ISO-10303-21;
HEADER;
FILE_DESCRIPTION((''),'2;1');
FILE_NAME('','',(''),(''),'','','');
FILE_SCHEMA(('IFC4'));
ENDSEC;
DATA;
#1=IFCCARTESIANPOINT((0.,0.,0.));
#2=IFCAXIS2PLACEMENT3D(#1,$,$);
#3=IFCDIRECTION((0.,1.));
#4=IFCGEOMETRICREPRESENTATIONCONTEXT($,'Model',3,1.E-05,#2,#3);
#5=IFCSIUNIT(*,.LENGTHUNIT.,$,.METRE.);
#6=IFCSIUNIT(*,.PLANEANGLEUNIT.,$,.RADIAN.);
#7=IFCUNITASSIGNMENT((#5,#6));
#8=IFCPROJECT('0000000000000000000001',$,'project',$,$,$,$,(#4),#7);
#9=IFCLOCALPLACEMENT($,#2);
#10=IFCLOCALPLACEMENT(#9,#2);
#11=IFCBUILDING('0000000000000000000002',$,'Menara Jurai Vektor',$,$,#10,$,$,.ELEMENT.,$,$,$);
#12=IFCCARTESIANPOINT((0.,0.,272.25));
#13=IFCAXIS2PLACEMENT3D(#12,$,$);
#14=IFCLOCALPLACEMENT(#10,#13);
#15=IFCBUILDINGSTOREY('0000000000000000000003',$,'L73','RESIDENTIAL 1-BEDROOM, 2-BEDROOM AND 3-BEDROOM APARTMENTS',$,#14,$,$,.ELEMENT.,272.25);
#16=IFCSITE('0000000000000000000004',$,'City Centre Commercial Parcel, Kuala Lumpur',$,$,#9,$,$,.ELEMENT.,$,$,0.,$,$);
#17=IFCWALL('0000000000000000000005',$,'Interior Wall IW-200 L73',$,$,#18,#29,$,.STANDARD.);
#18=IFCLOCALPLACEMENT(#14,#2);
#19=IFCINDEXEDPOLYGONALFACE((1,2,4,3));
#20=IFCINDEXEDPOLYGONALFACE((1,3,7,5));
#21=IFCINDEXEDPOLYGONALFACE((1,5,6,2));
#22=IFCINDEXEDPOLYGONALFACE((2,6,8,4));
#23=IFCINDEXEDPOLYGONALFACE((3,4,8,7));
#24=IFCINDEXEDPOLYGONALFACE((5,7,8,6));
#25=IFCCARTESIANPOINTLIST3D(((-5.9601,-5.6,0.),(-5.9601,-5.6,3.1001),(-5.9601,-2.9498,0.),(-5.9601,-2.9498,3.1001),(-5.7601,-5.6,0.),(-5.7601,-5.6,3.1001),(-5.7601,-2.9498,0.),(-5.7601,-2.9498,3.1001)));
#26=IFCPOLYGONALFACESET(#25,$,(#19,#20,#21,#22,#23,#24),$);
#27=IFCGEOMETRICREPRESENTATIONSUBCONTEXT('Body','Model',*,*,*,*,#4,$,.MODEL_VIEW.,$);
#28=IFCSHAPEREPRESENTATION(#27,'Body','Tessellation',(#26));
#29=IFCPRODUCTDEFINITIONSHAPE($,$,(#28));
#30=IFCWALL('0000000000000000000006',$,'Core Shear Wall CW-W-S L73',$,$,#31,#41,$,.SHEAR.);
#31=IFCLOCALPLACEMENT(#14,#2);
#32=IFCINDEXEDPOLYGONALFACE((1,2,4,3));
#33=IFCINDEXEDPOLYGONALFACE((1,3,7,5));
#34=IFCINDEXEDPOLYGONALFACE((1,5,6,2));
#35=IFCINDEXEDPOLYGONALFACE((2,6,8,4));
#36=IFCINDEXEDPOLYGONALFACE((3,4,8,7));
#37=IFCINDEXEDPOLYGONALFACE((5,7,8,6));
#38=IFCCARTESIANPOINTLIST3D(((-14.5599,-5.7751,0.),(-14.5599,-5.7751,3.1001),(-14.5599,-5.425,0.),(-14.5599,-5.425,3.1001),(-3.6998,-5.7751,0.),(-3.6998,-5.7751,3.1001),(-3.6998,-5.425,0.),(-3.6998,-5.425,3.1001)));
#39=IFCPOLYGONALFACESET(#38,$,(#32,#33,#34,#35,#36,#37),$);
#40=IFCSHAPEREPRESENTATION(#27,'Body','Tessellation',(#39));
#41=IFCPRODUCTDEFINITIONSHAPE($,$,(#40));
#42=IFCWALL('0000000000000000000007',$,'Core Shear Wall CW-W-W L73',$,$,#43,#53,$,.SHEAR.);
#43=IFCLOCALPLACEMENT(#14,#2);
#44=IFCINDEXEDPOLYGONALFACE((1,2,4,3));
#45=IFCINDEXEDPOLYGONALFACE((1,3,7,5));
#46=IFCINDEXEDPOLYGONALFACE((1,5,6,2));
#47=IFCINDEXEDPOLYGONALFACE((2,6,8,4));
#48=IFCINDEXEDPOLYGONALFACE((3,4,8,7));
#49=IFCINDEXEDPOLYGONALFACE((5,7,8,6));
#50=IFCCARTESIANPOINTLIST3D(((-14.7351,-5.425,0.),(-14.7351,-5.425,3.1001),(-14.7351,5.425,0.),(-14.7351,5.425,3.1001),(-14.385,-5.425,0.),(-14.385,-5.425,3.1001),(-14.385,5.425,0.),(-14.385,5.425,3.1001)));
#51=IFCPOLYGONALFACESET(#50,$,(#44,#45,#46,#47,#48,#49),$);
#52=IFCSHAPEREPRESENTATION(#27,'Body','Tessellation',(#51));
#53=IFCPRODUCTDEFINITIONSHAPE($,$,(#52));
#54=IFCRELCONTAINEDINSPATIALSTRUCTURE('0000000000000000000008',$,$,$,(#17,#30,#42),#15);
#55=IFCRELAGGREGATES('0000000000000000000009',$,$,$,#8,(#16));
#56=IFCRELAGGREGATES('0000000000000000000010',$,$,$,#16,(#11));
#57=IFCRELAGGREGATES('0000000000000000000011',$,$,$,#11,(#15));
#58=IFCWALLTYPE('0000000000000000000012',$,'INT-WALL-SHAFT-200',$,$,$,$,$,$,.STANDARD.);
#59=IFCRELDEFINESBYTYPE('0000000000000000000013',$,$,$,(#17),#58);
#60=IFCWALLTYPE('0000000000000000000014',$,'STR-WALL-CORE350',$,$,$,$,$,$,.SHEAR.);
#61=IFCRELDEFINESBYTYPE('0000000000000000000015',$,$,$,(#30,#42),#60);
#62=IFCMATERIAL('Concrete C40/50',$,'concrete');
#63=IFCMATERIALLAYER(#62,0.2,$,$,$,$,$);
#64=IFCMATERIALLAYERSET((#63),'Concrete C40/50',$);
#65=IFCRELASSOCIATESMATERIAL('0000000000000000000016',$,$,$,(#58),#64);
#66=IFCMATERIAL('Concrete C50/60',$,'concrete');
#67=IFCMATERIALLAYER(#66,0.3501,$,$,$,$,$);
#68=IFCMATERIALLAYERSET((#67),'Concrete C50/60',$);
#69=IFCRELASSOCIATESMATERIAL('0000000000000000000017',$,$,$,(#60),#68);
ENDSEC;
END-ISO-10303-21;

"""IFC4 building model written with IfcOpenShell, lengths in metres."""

from ifc_helpers import new_model, si_unit, direction, frame, frame_2d, origin, place, context, subcontext, project, spatial, rectangle, extrude, material, layer, layer_set, type_object, element, save


model = new_model("IFC4")

# Units and contexts
model_context = context("Model", 3, precision=1e-05, world=origin(), true_north=direction((0.0, 1.0)))
body_context = subcontext(model_context, "Body", "Model", "MODEL_VIEW")
ifc_project = project(units=[si_unit("LENGTHUNIT", "METRE"), si_unit("PLANEANGLEUNIT", "RADIAN")], contexts=[model_context])

# Site, building, storey
site_placement = place(None, origin())
site = spatial("IfcSite", under=ifc_project, at=site_placement, Name="City Centre Commercial Parcel, Kuala Lumpur", CompositionType="ELEMENT", RefElevation=0.0)
building_placement = place(site_placement, origin())
building = spatial("IfcBuilding", under=site, at=building_placement, Name="Menara Jurai Vektor", CompositionType="ELEMENT")
storey_placement = place(building_placement, frame((0.0, 0.0, 272.25)))
storey = spatial("IfcBuildingStorey", under=building, at=storey_placement, Name="L73", Description="RESIDENTIAL 1-BEDROOM, 2-BEDROOM AND 3-BEDROOM APARTMENTS", CompositionType="ELEMENT", Elevation=272.25)

# Shared definitions
ifc_material_1 = material(Name="Concrete C50/60", Category="concrete")

# Shared definitions
ifc_material_2 = material(Name="Concrete C40/50", Category="concrete")
ifc_layer_1 = layer(ifc_material_2, 0.2)
ifc_layer_set_1 = layer_set([ifc_layer_1], Name="Concrete C40/50")
wall_type_1 = type_object("IfcWallType", Name="INT-WALL-SHAFT-200", PredefinedType="STANDARD", material=ifc_layer_set_1)

# Walls
wall_1_placement = place(storey_placement, frame((-5.8601, -5.6001, 0.0), z_axis=(0.0, 0.0, 1.0), x_axis=(0.0, 1.0, 0.0)))
element("IfcWall", 1, at=wall_1_placement, inside=storey, type_object=wall_type_1, Name="Interior Wall IW-200 L73", PredefinedType="STANDARD", context=body_context, shape_type="SweptSolid", body=[
    extrude(rectangle(XDim=2.6501, YDim=0.2, at=frame_2d((1.3252, 0.0))), origin(), (0.0, 0.0, 1.0), 3.1001),
])
ifc_layer_2 = layer(ifc_material_1, 0.3501)
ifc_layer_set_2 = layer_set([ifc_layer_2], Name="Concrete C50/60")
wall_type_2 = type_object("IfcWallType", Name="STR-WALL-CORE350", PredefinedType="SHEAR", material=ifc_layer_set_2)
wall_2_placement = place(storey_placement, frame((-14.5601, -5.6001, 0.0), z_axis=(0.0, 0.0, 1.0), x_axis=(1.0, 0.0, 0.0)))
element("IfcWall", 2, at=wall_2_placement, inside=storey, type_object=wall_type_2, Name="Core Shear Wall CW-W-S L73", PredefinedType="SHEAR", context=body_context, shape_type="SweptSolid", body=[
    extrude(rectangle(XDim=10.8601, YDim=0.3501, at=frame_2d((5.4302, 0.0))), origin(), (0.0, 0.0, 1.0), 3.1001),
])
wall_3_placement = place(storey_placement, frame((-14.5601, -5.425, 0.0), z_axis=(0.0, 0.0, 1.0), x_axis=(0.0, 1.0, 0.0)))
element("IfcWall", 3, at=wall_3_placement, inside=storey, type_object=wall_type_2, Name="Core Shear Wall CW-W-W L73", PredefinedType="SHEAR", context=body_context, shape_type="SweptSolid", body=[
    extrude(rectangle(XDim=10.8501, YDim=0.3501, at=frame_2d((5.425, 0.0))), origin(), (0.0, 0.0, 1.0), 3.1001),
])

save(model, "model.ifc")
